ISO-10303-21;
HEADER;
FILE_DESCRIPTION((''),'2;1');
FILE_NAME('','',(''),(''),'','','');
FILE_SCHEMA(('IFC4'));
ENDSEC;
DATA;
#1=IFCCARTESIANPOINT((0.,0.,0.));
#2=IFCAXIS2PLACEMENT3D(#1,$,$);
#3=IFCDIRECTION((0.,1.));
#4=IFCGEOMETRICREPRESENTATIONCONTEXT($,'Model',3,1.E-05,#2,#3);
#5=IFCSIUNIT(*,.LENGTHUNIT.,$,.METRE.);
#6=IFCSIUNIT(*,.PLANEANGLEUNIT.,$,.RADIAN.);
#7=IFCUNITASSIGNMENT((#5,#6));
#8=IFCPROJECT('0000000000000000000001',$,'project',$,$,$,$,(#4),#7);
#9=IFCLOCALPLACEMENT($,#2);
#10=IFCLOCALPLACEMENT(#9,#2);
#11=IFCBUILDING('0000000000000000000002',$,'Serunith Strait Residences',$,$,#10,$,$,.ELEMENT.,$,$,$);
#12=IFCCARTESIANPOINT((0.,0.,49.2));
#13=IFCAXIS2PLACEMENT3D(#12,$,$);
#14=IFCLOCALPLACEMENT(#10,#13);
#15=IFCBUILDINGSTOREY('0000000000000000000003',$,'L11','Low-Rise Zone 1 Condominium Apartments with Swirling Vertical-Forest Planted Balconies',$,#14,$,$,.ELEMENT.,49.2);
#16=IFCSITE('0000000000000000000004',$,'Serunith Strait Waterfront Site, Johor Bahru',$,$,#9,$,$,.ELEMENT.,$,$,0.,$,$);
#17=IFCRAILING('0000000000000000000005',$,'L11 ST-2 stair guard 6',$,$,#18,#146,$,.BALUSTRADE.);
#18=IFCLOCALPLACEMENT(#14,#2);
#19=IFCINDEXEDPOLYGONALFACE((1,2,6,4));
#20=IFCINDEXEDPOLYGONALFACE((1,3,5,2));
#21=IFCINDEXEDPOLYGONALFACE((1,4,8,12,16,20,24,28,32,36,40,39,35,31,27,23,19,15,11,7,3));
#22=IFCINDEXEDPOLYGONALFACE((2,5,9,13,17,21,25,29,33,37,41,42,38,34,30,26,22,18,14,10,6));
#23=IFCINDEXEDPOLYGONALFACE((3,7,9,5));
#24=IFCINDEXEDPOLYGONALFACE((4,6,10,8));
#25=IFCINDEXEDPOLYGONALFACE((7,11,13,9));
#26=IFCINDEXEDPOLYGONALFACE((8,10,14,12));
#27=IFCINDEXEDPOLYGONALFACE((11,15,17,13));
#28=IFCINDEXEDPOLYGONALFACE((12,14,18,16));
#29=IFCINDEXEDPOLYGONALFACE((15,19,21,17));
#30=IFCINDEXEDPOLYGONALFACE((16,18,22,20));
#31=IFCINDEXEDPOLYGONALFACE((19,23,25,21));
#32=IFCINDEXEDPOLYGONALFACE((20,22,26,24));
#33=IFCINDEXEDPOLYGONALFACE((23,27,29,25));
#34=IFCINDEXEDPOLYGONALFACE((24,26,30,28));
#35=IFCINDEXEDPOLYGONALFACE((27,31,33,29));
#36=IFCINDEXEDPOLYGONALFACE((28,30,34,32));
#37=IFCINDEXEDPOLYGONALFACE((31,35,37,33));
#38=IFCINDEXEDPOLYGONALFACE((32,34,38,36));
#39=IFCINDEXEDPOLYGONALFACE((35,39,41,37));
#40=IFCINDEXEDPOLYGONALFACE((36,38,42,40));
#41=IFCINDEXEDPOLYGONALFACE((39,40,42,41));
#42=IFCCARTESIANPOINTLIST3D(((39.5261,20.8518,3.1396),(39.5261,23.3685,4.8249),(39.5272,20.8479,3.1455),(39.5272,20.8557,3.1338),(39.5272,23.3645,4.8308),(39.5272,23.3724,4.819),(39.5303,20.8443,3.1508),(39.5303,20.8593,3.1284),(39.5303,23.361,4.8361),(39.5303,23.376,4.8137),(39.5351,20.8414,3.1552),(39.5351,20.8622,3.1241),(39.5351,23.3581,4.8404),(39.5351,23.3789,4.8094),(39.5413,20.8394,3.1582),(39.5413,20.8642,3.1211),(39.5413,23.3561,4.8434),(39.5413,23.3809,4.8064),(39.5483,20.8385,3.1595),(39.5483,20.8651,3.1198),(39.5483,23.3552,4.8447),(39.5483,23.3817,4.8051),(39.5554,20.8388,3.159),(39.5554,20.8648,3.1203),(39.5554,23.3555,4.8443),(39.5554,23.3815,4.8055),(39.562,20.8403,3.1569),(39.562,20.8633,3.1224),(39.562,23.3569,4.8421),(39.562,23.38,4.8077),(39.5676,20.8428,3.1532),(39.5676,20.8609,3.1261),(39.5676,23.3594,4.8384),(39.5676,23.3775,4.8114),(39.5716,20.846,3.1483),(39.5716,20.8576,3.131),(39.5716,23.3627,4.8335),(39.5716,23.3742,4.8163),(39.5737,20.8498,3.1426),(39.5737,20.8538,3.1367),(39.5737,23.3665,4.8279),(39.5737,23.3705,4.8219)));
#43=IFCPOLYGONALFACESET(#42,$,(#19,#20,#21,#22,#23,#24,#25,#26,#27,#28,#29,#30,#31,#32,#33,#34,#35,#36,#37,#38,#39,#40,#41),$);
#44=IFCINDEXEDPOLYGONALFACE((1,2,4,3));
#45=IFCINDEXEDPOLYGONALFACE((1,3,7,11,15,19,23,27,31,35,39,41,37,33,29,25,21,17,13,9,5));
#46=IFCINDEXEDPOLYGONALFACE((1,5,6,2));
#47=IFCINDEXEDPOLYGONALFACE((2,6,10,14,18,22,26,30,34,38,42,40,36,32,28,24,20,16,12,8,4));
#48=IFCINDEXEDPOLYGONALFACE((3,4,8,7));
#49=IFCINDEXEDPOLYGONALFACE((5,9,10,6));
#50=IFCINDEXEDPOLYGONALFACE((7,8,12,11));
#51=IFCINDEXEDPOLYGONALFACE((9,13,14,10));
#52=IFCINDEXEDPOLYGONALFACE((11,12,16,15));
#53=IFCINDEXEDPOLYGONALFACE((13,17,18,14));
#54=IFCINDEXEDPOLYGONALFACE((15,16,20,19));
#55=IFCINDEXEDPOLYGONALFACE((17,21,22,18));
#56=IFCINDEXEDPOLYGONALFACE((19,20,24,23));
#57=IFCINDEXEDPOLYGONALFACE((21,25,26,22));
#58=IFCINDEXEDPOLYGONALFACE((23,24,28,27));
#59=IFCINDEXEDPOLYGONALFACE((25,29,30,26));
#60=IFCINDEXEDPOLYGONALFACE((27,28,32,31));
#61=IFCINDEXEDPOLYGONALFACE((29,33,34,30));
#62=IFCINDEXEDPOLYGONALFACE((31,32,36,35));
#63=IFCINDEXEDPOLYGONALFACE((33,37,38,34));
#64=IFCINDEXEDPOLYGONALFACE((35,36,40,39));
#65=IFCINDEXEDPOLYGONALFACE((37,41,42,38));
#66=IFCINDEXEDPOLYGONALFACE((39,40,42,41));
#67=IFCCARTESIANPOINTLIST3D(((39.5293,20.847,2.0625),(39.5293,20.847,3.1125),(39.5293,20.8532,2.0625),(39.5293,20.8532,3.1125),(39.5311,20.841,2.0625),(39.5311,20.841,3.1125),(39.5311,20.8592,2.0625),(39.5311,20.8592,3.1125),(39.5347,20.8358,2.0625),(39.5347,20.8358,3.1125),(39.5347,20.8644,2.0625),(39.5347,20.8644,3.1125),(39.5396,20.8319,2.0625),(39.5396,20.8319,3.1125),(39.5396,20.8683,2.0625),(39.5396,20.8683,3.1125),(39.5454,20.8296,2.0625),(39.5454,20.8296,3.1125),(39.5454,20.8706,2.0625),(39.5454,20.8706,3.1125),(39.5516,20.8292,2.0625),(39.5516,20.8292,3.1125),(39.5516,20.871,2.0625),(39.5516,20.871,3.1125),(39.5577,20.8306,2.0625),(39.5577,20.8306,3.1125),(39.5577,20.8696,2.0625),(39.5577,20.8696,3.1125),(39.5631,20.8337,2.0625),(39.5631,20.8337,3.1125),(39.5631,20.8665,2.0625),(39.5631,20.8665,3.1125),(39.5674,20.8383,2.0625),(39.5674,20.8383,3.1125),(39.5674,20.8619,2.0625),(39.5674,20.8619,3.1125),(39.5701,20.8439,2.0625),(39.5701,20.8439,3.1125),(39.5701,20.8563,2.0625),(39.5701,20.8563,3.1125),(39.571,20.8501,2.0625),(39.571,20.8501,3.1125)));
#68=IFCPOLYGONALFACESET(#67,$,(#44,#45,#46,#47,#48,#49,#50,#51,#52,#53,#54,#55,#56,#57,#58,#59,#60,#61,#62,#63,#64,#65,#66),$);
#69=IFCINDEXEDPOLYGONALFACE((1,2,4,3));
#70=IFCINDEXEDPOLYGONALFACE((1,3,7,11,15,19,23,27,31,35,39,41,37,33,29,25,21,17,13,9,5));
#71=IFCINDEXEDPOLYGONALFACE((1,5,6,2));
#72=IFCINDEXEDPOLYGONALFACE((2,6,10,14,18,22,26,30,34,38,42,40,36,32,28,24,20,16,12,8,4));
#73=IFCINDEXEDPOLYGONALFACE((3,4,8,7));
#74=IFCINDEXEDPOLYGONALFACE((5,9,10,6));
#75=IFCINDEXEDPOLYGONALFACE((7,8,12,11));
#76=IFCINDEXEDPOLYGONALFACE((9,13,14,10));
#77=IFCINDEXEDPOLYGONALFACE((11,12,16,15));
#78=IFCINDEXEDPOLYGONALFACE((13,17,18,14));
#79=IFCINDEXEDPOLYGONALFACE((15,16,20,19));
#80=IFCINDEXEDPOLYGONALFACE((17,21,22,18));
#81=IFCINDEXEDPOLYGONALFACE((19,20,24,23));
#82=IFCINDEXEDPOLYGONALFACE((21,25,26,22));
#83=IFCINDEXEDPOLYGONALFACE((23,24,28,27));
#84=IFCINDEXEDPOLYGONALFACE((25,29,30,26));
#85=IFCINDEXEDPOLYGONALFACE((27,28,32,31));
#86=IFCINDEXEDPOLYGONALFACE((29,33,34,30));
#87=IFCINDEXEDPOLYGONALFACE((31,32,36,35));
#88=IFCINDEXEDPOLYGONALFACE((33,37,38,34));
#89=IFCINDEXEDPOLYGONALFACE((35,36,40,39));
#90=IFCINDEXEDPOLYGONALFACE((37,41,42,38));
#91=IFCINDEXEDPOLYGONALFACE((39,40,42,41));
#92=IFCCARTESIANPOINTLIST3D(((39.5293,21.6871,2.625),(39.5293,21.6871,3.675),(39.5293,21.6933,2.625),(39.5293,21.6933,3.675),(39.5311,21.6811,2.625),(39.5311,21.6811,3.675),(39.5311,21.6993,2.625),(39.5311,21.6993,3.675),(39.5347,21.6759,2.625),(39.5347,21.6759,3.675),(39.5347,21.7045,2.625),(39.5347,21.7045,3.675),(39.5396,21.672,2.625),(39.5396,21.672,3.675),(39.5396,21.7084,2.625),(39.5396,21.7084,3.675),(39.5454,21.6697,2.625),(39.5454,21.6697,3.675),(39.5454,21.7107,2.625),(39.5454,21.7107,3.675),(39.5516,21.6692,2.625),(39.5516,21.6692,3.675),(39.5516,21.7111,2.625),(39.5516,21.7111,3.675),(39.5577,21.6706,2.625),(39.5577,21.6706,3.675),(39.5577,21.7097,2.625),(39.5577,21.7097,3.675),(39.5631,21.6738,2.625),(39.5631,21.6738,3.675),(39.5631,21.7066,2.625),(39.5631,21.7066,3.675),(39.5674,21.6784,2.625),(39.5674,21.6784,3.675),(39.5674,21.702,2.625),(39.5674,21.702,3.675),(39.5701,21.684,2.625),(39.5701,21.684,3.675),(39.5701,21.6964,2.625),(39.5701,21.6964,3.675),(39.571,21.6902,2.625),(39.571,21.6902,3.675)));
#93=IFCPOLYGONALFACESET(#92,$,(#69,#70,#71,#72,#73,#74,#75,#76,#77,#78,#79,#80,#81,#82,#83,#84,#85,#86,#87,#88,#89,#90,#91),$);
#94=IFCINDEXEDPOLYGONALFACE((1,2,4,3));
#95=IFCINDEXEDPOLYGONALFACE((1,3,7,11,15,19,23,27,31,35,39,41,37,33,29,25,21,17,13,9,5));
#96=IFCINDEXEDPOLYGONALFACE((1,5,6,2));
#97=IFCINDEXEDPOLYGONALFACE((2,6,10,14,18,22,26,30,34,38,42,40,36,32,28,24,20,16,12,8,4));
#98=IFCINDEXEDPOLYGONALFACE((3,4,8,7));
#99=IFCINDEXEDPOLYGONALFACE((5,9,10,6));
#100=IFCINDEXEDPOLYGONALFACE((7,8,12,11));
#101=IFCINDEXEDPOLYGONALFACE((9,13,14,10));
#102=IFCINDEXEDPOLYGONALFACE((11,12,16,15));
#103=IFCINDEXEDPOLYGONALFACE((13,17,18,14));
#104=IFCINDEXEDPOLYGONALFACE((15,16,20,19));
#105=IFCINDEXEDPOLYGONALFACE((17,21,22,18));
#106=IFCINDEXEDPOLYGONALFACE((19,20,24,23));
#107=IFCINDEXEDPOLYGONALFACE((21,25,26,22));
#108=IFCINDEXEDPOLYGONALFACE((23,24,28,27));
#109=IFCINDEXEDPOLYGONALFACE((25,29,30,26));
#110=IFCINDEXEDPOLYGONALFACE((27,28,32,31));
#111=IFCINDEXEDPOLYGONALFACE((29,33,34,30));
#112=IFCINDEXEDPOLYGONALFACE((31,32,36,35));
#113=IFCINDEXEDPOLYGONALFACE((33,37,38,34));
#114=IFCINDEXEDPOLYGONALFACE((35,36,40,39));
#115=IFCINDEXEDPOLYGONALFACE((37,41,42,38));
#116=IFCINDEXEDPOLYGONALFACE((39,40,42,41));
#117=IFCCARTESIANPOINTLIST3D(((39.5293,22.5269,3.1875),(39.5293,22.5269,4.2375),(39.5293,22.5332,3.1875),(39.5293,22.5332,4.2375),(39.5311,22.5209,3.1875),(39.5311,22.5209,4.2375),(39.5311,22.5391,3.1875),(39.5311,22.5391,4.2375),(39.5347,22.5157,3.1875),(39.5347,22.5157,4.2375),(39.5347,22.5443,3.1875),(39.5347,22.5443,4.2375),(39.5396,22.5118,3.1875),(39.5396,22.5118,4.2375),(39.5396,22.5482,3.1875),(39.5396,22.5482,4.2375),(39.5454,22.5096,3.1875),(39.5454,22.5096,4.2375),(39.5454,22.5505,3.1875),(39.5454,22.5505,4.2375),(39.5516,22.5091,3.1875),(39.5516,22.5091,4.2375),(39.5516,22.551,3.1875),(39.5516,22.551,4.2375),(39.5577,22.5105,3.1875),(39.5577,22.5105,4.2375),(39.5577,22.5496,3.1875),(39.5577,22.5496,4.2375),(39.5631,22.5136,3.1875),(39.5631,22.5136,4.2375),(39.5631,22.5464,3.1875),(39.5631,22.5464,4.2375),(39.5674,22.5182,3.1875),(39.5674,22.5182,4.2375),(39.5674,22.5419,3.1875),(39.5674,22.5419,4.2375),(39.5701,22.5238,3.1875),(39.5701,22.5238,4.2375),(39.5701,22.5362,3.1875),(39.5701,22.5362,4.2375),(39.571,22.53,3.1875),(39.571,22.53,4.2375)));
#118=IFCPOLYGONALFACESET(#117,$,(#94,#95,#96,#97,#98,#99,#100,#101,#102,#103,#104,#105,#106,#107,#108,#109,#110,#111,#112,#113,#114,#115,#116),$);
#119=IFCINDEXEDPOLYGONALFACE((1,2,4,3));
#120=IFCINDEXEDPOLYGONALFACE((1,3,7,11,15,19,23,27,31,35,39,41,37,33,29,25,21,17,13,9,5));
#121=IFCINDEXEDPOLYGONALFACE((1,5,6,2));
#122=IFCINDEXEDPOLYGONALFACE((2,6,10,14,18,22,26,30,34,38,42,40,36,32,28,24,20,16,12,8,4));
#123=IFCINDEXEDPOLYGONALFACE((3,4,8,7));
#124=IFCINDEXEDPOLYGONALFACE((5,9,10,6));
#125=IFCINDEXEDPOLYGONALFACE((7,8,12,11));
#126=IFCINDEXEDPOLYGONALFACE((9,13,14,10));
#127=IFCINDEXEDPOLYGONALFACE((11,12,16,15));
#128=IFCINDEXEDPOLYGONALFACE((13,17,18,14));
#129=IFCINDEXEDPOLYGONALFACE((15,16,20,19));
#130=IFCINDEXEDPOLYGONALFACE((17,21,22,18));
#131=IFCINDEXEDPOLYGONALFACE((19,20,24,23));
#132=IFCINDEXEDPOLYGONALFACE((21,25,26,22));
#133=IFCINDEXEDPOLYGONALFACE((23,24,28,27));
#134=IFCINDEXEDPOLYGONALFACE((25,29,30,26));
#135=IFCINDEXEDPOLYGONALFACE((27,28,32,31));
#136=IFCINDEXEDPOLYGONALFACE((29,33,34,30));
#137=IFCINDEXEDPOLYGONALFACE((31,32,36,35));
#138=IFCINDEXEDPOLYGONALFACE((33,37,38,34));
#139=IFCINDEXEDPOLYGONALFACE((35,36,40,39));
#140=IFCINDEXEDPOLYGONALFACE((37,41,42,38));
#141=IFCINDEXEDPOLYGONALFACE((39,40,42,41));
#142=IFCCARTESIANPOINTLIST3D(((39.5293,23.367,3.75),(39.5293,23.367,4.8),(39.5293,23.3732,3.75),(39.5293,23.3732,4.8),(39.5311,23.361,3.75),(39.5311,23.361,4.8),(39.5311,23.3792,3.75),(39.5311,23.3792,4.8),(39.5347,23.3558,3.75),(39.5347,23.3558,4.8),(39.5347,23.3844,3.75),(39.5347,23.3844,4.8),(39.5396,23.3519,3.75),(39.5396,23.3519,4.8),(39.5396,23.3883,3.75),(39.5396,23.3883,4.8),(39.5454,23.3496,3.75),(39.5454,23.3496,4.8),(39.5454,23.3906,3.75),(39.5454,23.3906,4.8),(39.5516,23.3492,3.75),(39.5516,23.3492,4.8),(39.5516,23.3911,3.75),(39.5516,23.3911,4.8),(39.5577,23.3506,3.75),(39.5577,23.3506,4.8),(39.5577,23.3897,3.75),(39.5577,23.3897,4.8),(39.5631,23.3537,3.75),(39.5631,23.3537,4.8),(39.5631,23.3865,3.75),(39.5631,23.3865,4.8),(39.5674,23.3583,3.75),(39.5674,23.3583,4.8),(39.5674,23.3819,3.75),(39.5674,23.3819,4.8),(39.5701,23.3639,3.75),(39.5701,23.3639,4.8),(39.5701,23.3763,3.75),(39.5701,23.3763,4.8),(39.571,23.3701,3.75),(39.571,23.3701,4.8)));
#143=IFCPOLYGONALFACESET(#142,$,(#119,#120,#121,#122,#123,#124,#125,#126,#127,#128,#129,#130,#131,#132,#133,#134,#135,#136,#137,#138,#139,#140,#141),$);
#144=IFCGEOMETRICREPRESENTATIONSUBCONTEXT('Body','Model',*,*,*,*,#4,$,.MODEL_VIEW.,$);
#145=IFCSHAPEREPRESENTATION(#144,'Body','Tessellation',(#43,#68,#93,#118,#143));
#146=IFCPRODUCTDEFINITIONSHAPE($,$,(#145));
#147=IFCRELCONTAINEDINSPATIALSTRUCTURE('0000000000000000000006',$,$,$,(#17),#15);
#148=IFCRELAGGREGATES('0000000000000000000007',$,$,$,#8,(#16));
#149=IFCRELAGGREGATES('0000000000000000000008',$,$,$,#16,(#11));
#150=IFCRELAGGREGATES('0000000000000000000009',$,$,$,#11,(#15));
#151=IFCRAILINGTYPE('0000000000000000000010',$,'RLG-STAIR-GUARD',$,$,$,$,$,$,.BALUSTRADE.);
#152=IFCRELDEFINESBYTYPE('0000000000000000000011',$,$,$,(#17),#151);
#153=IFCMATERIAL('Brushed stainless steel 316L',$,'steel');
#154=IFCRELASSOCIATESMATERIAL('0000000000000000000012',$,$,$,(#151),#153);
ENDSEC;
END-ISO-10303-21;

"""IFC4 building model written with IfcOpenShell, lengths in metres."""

from ifc_helpers import new_model, si_unit, direction, frame, origin, origin_2d, place, context, subcontext, project, spatial, circle, extrude, material, type_object, element, save


model = new_model("IFC4")

# Units and contexts
model_context = context("Model", 3, precision=1e-05, world=origin(), true_north=direction((0.0, 1.0)))
body_context = subcontext(model_context, "Body", "Model", "MODEL_VIEW")
ifc_project = project(units=[si_unit("LENGTHUNIT", "METRE"), si_unit("PLANEANGLEUNIT", "RADIAN")], contexts=[model_context])

# Site, building, storey
site_placement = place(None, origin())
site = spatial("IfcSite", under=ifc_project, at=site_placement, Name="Serunith Strait Waterfront Site, Johor Bahru", CompositionType="ELEMENT", RefElevation=0.0)
building_placement = place(site_placement, origin())
building = spatial("IfcBuilding", under=site, at=building_placement, Name="Serunith Strait Residences", CompositionType="ELEMENT")
storey_placement = place(building_placement, frame((0.0, 0.0, 49.2)))
storey = spatial("IfcBuildingStorey", under=building, at=storey_placement, Name="L11", Description="Low-Rise Zone 1 Condominium Apartments with Swirling Vertical-Forest Planted Balconies", CompositionType="ELEMENT", Elevation=49.2)

# Railing
ifc_material_1 = material(Name="Brushed stainless steel 316L", Category="steel")
railing_type_1 = type_object("IfcRailingType", Name="RLG-STAIR-GUARD", PredefinedType="BALUSTRADE", material=ifc_material_1)
railing_1_placement = place(storey_placement, frame((39.55, 20.8501, 2.0625)))
element("IfcRailing", 1, at=railing_1_placement, inside=storey, type_object=railing_type_1, Name="L11 ST-2 stair guard 6", PredefinedType="BALUSTRADE", context=body_context, shape_type="SweptSolid", body=[
    extrude(circle(Radius=0.0239, at=origin_2d()), frame((0.0, 0.0017, 1.0771), z_axis=(0.0, 0.830909, 0.556408), x_axis=(-1.0, 0.0, 0.0)), (0.0, 0.0, 1.0), 3.0288),
    extrude(circle(Radius=0.021, at=origin_2d()), origin(), (0.0, 0.0, 1.0), 1.05),
    extrude(circle(Radius=0.021, at=origin_2d()), frame((0.0, 0.8401, 0.5625)), (0.0, 0.0, 1.0), 1.05),
    extrude(circle(Radius=0.021, at=origin_2d()), frame((0.0, 1.6799, 1.125)), (0.0, 0.0, 1.0), 1.05),
    extrude(circle(Radius=0.021, at=origin_2d()), frame((0.0, 2.52, 1.6875)), (0.0, 0.0, 1.0), 1.05),
])

save(model, "model.ifc")
